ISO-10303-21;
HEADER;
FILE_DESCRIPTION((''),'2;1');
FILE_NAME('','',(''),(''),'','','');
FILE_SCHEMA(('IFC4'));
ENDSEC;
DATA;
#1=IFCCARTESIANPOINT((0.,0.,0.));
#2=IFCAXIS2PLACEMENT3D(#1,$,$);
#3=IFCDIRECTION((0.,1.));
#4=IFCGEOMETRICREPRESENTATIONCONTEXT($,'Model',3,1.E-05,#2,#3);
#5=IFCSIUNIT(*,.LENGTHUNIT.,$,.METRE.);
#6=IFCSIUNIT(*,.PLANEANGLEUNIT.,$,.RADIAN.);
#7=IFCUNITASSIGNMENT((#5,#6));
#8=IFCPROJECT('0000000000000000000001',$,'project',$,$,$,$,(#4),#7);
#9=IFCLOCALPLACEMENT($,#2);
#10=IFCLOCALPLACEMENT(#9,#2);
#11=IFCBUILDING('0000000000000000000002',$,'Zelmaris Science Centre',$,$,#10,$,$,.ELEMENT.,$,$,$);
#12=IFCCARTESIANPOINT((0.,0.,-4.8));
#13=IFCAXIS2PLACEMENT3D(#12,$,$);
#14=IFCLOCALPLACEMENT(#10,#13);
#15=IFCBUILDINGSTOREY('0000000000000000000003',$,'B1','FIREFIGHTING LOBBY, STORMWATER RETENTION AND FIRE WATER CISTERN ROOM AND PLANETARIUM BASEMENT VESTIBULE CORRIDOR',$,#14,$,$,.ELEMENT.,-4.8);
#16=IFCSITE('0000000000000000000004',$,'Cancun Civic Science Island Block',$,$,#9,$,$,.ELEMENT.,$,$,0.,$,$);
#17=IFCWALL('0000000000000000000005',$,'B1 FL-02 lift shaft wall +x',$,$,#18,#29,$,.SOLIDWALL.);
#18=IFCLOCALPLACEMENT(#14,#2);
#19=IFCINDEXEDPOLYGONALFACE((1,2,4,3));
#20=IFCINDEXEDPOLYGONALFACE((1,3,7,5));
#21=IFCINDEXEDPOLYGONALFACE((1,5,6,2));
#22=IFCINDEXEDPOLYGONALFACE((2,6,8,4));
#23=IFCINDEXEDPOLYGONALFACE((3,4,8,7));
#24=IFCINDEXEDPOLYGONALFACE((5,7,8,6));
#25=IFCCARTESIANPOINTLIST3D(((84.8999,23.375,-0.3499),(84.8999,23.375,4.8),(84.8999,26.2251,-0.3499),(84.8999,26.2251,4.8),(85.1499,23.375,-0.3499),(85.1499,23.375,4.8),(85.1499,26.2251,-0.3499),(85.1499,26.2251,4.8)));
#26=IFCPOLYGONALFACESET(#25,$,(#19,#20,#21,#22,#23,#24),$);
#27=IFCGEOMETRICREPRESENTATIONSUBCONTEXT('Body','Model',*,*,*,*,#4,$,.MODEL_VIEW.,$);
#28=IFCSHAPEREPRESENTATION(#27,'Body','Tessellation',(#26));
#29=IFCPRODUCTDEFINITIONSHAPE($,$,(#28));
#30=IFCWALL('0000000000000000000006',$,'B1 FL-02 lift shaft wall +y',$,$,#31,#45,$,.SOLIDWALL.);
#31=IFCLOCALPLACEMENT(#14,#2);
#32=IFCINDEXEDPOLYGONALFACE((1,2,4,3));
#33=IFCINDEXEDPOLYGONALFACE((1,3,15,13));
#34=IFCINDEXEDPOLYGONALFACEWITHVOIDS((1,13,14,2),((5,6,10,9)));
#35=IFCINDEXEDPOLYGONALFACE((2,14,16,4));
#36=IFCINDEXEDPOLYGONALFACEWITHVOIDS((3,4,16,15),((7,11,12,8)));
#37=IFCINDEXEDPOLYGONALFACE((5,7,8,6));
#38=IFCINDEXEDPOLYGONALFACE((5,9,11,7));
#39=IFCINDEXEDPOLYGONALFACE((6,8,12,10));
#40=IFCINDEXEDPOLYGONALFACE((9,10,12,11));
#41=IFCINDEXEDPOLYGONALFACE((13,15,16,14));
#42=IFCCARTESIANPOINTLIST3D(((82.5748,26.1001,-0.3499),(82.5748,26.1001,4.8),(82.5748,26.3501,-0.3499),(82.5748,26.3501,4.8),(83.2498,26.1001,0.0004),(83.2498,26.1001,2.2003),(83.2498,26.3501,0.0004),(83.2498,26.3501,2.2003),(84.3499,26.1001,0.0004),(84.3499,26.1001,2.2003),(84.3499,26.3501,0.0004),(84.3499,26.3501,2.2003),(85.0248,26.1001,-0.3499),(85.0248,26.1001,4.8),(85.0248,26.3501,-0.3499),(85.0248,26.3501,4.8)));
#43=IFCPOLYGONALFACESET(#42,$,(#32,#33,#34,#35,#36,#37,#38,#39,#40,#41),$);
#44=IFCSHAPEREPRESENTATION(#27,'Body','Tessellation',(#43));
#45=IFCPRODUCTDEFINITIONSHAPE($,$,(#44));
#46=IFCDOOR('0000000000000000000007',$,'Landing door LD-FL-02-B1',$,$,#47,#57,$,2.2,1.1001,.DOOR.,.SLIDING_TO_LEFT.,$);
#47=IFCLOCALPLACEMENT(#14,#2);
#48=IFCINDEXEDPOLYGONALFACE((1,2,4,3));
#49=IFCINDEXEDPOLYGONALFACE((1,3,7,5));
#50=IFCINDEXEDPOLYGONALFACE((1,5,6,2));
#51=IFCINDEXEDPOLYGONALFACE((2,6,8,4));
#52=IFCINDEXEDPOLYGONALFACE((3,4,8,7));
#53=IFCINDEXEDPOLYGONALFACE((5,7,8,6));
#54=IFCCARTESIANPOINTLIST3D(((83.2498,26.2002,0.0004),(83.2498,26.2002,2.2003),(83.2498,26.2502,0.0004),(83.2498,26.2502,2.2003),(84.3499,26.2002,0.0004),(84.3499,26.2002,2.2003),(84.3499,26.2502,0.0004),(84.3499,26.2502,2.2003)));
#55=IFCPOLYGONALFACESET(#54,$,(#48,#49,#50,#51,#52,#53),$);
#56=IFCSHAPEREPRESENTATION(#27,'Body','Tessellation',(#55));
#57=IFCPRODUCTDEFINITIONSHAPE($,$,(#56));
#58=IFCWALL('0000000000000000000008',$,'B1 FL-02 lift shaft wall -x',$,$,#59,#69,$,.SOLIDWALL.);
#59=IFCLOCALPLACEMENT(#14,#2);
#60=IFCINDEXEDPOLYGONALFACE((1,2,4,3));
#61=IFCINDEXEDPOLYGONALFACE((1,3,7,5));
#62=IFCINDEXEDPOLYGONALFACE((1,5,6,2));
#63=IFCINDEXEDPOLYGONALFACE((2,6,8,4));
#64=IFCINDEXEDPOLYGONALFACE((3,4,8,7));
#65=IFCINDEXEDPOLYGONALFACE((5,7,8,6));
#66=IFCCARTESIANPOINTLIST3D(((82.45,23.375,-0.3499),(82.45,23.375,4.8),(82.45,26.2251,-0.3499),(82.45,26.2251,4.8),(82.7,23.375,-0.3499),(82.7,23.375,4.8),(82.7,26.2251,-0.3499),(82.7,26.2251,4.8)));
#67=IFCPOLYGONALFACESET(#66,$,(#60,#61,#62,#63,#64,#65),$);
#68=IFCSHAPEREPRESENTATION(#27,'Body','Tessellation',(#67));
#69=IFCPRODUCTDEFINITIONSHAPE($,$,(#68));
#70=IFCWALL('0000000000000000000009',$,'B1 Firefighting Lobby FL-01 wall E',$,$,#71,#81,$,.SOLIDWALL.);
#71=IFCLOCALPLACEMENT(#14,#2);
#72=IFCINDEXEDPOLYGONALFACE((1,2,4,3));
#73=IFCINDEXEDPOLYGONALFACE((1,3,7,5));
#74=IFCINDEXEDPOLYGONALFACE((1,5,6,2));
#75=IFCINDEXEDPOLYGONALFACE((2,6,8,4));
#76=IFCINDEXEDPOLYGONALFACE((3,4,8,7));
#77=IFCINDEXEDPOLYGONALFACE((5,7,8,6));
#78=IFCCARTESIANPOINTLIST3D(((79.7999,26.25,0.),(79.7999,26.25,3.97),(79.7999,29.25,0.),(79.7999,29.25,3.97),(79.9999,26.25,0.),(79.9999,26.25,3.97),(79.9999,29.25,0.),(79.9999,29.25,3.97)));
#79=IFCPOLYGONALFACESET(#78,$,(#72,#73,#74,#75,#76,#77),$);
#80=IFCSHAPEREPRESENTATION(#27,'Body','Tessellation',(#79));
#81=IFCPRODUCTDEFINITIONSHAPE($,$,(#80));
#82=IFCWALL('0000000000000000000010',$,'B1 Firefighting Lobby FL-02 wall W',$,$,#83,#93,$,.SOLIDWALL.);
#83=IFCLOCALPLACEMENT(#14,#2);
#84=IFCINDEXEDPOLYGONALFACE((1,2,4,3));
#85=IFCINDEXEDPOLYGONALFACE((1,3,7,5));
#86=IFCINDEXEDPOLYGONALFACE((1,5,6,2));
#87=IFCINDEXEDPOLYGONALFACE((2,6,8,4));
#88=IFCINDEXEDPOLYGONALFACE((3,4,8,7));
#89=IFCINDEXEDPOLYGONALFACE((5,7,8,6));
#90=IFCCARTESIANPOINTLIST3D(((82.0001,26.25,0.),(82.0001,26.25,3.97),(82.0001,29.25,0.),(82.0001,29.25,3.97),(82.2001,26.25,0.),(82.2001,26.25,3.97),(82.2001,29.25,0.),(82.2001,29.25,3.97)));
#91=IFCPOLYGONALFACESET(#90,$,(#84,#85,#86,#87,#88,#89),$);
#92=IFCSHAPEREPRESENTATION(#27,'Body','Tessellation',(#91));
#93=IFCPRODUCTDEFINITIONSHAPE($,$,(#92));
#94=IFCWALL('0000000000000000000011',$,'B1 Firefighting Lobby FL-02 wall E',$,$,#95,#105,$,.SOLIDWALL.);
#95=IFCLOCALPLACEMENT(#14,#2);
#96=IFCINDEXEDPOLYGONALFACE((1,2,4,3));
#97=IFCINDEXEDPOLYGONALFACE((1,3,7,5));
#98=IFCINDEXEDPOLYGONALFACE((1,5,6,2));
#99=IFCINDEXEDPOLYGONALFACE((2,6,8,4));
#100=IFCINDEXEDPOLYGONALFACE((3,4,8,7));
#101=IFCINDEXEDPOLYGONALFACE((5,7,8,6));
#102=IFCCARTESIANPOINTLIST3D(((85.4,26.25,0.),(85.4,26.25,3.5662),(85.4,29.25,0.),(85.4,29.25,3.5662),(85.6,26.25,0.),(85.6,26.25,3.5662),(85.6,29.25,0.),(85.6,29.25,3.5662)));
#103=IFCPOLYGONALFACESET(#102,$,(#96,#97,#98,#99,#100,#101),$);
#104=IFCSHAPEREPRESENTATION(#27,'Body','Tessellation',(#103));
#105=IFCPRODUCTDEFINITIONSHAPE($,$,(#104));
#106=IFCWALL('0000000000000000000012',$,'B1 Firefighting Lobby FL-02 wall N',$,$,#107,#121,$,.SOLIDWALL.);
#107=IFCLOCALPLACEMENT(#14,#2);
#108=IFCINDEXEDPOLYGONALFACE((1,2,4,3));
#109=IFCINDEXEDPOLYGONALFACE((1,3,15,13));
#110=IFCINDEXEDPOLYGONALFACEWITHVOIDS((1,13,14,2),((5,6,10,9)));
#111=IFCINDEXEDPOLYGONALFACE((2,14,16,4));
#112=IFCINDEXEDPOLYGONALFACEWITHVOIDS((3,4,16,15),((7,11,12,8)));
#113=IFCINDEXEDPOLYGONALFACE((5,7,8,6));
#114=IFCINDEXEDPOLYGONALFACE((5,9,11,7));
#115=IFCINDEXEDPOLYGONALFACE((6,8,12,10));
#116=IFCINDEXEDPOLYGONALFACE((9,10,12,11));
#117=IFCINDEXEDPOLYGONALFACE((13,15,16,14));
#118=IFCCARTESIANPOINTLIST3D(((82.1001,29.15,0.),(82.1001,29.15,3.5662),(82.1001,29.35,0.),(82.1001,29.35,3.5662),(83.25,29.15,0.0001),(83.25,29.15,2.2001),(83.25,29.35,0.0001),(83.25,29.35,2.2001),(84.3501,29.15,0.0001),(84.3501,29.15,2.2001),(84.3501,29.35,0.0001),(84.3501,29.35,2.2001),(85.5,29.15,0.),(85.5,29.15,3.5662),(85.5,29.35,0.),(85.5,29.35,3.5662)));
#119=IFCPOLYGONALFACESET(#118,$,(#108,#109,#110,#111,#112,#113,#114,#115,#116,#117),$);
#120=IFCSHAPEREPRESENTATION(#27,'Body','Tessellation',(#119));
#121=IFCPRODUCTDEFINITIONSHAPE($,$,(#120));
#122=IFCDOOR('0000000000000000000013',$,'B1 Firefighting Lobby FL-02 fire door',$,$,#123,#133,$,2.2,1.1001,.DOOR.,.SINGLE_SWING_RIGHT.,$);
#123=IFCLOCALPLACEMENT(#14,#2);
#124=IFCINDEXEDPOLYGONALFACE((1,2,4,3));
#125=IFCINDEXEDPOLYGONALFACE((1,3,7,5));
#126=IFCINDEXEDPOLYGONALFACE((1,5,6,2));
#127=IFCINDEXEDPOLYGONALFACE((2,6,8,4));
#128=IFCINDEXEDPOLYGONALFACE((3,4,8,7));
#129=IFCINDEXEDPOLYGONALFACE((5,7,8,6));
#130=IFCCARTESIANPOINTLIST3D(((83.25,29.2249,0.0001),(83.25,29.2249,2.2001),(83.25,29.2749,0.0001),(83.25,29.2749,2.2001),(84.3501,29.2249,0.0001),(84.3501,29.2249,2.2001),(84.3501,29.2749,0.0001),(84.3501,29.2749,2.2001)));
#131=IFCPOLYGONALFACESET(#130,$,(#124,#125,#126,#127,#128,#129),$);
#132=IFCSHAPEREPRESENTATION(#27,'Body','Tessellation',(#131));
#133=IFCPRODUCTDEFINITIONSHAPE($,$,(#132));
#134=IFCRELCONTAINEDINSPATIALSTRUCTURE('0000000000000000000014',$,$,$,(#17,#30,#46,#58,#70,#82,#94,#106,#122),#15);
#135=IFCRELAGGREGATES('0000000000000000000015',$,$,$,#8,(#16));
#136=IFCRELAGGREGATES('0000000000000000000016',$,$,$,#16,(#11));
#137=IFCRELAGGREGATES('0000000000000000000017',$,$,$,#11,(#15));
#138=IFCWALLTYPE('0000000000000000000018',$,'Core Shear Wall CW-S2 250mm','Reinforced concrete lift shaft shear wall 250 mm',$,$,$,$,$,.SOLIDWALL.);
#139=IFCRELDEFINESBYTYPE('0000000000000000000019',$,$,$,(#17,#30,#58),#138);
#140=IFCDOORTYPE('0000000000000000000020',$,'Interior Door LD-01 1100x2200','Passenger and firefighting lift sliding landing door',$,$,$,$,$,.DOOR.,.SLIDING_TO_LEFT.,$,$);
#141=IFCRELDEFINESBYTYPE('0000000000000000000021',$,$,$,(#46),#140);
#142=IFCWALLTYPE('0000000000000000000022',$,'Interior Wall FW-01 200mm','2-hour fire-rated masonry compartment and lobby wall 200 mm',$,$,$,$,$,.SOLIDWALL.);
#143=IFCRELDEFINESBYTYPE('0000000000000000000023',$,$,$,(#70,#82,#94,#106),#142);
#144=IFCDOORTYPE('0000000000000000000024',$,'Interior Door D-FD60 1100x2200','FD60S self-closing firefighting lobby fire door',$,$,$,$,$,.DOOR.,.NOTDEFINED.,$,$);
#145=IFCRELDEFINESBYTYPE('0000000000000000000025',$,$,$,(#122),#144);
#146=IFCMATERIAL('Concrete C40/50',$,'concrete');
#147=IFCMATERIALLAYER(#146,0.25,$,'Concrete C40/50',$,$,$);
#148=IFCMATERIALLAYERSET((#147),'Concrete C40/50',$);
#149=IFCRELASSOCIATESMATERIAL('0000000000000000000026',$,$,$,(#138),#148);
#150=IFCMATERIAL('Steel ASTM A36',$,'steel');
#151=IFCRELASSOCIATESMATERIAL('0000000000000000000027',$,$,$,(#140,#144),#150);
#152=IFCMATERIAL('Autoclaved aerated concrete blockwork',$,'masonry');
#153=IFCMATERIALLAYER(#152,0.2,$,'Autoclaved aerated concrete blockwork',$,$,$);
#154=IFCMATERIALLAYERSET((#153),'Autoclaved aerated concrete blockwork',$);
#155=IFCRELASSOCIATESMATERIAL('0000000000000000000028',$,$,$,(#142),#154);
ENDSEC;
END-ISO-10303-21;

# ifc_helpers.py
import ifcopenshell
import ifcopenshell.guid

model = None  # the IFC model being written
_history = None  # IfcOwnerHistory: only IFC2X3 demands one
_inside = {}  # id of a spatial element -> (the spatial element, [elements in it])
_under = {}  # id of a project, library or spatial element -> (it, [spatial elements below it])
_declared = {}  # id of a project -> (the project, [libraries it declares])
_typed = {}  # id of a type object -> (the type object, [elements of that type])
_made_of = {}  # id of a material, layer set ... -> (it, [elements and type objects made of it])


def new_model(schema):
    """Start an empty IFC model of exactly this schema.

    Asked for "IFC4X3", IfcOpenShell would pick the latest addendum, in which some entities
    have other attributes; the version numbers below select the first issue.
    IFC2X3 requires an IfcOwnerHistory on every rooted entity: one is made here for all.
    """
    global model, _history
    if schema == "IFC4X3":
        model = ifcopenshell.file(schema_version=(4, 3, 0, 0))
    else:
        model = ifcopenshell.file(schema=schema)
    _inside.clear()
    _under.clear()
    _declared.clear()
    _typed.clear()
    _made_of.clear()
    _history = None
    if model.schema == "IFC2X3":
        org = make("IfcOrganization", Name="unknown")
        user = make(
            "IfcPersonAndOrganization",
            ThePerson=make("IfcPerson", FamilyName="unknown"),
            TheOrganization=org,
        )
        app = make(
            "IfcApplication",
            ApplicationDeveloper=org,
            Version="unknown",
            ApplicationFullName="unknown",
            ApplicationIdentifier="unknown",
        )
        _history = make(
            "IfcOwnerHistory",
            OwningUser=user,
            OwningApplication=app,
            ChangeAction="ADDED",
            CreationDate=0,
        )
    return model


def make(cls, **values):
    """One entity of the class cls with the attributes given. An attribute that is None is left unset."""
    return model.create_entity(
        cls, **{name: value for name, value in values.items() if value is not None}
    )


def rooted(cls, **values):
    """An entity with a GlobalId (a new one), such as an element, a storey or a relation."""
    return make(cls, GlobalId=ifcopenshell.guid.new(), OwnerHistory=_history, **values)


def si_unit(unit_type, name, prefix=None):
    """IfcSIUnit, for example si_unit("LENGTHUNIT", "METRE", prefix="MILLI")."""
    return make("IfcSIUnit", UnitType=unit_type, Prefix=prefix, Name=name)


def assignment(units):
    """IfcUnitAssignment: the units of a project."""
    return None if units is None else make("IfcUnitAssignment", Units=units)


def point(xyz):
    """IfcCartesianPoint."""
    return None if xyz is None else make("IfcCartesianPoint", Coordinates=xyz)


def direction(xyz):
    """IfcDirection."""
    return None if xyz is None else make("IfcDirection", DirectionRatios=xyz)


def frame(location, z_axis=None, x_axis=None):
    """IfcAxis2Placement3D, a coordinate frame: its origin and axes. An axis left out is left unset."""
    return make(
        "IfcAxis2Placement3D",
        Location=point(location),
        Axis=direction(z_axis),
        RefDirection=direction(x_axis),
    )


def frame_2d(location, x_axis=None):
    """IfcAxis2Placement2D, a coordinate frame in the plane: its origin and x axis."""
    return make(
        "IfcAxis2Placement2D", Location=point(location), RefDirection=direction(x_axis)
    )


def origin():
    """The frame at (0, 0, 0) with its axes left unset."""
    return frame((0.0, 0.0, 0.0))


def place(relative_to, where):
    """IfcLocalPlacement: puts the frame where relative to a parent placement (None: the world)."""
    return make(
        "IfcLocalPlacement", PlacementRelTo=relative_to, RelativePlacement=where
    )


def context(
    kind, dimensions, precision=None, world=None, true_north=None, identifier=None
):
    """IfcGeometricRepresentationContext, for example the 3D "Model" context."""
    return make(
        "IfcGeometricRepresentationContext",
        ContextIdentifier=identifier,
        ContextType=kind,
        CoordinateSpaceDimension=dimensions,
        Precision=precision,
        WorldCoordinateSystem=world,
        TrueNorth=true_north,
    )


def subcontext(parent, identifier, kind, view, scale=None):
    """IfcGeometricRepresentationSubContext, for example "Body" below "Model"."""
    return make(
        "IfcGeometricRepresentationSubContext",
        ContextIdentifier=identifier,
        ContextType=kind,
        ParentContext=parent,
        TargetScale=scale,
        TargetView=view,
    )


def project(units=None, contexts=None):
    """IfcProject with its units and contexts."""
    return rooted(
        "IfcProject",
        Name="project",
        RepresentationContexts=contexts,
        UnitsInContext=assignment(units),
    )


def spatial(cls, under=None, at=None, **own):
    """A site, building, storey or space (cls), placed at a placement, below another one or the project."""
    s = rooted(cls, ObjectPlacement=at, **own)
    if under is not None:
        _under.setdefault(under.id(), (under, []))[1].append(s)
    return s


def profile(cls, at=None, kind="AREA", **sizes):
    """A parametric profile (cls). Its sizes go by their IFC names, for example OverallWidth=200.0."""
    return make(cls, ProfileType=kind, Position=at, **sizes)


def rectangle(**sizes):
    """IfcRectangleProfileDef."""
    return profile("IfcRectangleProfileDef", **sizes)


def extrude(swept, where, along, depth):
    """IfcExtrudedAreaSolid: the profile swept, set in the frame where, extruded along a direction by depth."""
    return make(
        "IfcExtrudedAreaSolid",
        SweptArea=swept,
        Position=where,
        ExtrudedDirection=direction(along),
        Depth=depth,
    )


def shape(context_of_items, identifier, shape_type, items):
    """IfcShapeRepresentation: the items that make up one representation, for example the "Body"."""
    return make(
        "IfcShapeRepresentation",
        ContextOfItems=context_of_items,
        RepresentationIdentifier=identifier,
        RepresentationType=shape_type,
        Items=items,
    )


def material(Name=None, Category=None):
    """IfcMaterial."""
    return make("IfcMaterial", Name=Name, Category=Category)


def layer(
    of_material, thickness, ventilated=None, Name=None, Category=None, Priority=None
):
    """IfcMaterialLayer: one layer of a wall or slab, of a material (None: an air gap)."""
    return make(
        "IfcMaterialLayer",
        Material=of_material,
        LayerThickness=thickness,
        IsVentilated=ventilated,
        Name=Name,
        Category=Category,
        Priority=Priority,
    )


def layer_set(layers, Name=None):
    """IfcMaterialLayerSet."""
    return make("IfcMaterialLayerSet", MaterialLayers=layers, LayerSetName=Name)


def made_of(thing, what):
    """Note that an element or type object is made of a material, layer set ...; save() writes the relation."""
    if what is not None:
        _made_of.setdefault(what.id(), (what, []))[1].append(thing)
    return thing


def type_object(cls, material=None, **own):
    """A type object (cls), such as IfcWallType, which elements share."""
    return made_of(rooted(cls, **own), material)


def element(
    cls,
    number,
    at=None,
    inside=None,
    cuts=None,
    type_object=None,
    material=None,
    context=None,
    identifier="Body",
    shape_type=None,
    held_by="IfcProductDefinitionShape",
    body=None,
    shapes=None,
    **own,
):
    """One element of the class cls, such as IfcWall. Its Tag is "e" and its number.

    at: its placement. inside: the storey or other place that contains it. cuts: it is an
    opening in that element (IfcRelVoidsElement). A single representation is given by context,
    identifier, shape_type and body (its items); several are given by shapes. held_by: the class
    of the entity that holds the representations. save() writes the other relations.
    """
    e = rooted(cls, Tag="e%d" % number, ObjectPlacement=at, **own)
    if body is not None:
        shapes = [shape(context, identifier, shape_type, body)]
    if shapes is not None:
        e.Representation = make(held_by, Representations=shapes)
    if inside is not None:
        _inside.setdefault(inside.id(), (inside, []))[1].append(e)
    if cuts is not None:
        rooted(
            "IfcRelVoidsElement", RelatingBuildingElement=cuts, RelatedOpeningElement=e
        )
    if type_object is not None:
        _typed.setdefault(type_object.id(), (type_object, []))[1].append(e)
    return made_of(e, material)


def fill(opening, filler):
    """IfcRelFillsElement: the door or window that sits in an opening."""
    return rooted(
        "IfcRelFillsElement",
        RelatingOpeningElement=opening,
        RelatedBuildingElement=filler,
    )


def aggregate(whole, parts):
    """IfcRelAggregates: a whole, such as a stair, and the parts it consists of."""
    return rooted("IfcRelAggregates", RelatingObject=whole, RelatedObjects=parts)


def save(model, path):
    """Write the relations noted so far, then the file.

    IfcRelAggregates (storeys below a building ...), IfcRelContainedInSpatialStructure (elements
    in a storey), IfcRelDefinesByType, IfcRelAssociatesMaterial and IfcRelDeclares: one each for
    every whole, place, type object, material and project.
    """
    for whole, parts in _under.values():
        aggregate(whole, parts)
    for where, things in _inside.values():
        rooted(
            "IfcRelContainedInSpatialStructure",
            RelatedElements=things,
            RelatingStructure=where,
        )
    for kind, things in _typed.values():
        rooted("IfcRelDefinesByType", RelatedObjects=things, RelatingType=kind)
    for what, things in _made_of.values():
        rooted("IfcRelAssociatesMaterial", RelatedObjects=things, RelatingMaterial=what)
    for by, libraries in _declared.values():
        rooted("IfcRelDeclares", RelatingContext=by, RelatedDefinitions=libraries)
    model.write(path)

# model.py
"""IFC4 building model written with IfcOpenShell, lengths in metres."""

from ifc_helpers import new_model, si_unit, direction, frame, frame_2d, origin, place, context, subcontext, project, spatial, rectangle, extrude, material, layer, layer_set, type_object, element, fill, save


model = new_model("IFC4")

# Units and contexts
model_context = context("Model", 3, precision=1e-05, world=origin(), true_north=direction((0.0, 1.0)))
body_context = subcontext(model_context, "Body", "Model", "MODEL_VIEW")
ifc_project = project(units=[si_unit("LENGTHUNIT", "METRE"), si_unit("PLANEANGLEUNIT", "RADIAN")], contexts=[model_context])

# Site, building, storey
site_placement = place(None, origin())
site = spatial("IfcSite", under=ifc_project, at=site_placement, Name="Cancun Civic Science Island Block", CompositionType="ELEMENT", RefElevation=0.0)
building_placement = place(site_placement, origin())
building = spatial("IfcBuilding", under=site, at=building_placement, Name="Zelmaris Science Centre", CompositionType="ELEMENT")
storey_placement = place(building_placement, frame((0.0, 0.0, -4.8)))
storey = spatial("IfcBuildingStorey", under=building, at=storey_placement, Name="B1", Description="FIREFIGHTING LOBBY, STORMWATER RETENTION AND FIRE WATER CISTERN ROOM AND PLANETARIUM BASEMENT VESTIBULE CORRIDOR", CompositionType="ELEMENT", Elevation=-4.8)

# Shared definitions
ifc_material_1 = material(Name="Concrete C40/50", Category="concrete")

# Shared definitions
ifc_layer_1 = layer(ifc_material_1, 0.25, Name="Concrete C40/50")
ifc_layer_set_1 = layer_set([ifc_layer_1], Name="Concrete C40/50")
wall_type_1 = type_object("IfcWallType", Name="Core Shear Wall CW-S2 250mm", Description="Reinforced concrete lift shaft shear wall 250 mm", PredefinedType="SOLIDWALL", material=ifc_layer_set_1)
ifc_material_2 = material(Name="Steel ASTM A36", Category="steel")
door_type_1 = type_object("IfcDoorType", Name="Interior Door LD-01 1100x2200", Description="Passenger and firefighting lift sliding landing door", OperationType="SLIDING_TO_LEFT", PredefinedType="DOOR", material=ifc_material_2)

# Wall
wall_1_placement = place(storey_placement, frame((85.0249, 23.375, -0.3499), z_axis=(0.0, 0.0, 1.0), x_axis=(0.0, 1.0, 0.0)))
element("IfcWall", 1, at=wall_1_placement, inside=storey, type_object=wall_type_1, Name="B1 FL-02 lift shaft wall +x", PredefinedType="SOLIDWALL", context=body_context, shape_type="SweptSolid", body=[
    extrude(rectangle(XDim=2.8501, YDim=0.25, at=frame_2d((1.425, 0.0))), origin(), (0.0, 0.0, 1.0), 5.1499),
])

# Wall, opening, door
wall_2_placement = place(storey_placement, frame((85.0249, 26.2251, -0.3499), z_axis=(0.0, 0.0, 1.0), x_axis=(-1.0, 0.0, 0.0)))
wall_2 = element("IfcWall", 2, at=wall_2_placement, inside=storey, type_object=wall_type_1, Name="B1 FL-02 lift shaft wall +y", PredefinedType="SOLIDWALL", context=body_context, shape_type="SweptSolid", body=[
    extrude(rectangle(XDim=2.45, YDim=0.25, at=frame_2d((1.2251, 0.0))), origin(), (0.0, 0.0, 1.0), 5.1499),
])
opening_1_placement = place(wall_2_placement, frame((0.675, 0.0, 0.3501)))
opening_1 = element("IfcOpeningElement", 3, at=opening_1_placement, cuts=wall_2, PredefinedType="OPENING", context=body_context, shape_type="SweptSolid", body=[
    extrude(rectangle(XDim=1.1001, YDim=2.2, at=frame_2d((0.55, 1.1001))), frame((0.0, 0.135, 0.0), z_axis=(0.0, -1.0, 0.0), x_axis=(1.0, 0.0, 0.0)), (0.0, 0.0, 1.0), 0.27),
])
door_1_placement = place(opening_1_placement, origin())
door_1 = element("IfcDoor", 4, at=door_1_placement, inside=storey, type_object=door_type_1, Name="Landing door LD-FL-02-B1", OperationType="SLIDING_TO_LEFT", OverallHeight=2.2, OverallWidth=1.1001, PredefinedType="DOOR", context=body_context, shape_type="SweptSolid", body=[
    extrude(rectangle(XDim=1.1001, YDim=2.2, at=frame_2d((0.55, 1.1001))), frame((0.0, 0.0249, 0.0), z_axis=(0.0, -1.0, 0.0), x_axis=(1.0, 0.0, 0.0)), (0.0, 0.0, 1.0), 0.05),
])
fill(opening_1, door_1)

# Walls
wall_3_placement = place(storey_placement, frame((82.575, 26.2251, -0.3499), z_axis=(0.0, 0.0, 1.0), x_axis=(0.0, -1.0, 0.0)))
element("IfcWall", 5, at=wall_3_placement, inside=storey, type_object=wall_type_1, Name="B1 FL-02 lift shaft wall -x", PredefinedType="SOLIDWALL", context=body_context, shape_type="SweptSolid", body=[
    extrude(rectangle(XDim=2.8501, YDim=0.25, at=frame_2d((1.425, 0.0))), origin(), (0.0, 0.0, 1.0), 5.1499),
])
ifc_material_3 = material(Name="Autoclaved aerated concrete blockwork", Category="masonry")
ifc_layer_2 = layer(ifc_material_3, 0.2, Name="Autoclaved aerated concrete blockwork")
ifc_layer_set_2 = layer_set([ifc_layer_2], Name="Autoclaved aerated concrete blockwork")
wall_type_2 = type_object("IfcWallType", Name="Interior Wall FW-01 200mm", Description="2-hour fire-rated masonry compartment and lobby wall 200 mm", PredefinedType="SOLIDWALL", material=ifc_layer_set_2)
for number, where, z_axis, x_axis, name in (
    (6, (79.8999, 26.25, 0.0), (0.0, 0.0, 1.0), (0.0, 1.0, 0.0), "B1 Firefighting Lobby FL-01 wall E"),
    (7, (82.1001, 26.25, 0.0), (0.0, 0.0, 1.0), (0.0, 1.0, 0.0), "B1 Firefighting Lobby FL-02 wall W"),
):
    element("IfcWall", number, at=place(storey_placement, frame(where, z_axis=z_axis, x_axis=x_axis)), inside=storey, type_object=wall_type_2, Name=name, PredefinedType="SOLIDWALL", context=body_context, shape_type="SweptSolid", body=[
        extrude(rectangle(XDim=3.0, YDim=0.2, at=frame_2d((1.5, 0.0))), origin(), (0.0, 0.0, 1.0), 3.97),
    ])
wall_4_placement = place(storey_placement, frame((85.5, 26.25, 0.0), z_axis=(0.0, 0.0, 1.0), x_axis=(0.0, 1.0, 0.0)))
element("IfcWall", 8, at=wall_4_placement, inside=storey, type_object=wall_type_2, Name="B1 Firefighting Lobby FL-02 wall E", PredefinedType="SOLIDWALL", context=body_context, shape_type="SweptSolid", body=[
    extrude(rectangle(XDim=3.0, YDim=0.2, at=frame_2d((1.5, 0.0))), origin(), (0.0, 0.0, 1.0), 3.5662),
])

# Wall, opening, door
wall_5_placement = place(storey_placement, frame((82.1001, 29.25, 0.0), z_axis=(0.0, 0.0, 1.0), x_axis=(1.0, 0.0, 0.0)))
wall_5 = element("IfcWall", 9, at=wall_5_placement, inside=storey, type_object=wall_type_2, Name="B1 Firefighting Lobby FL-02 wall N", PredefinedType="SOLIDWALL", context=body_context, shape_type="SweptSolid", body=[
    extrude(rectangle(XDim=3.3999, YDim=0.2, at=frame_2d((1.7, 0.0))), origin(), (0.0, 0.0, 1.0), 3.5662),
])
opening_2_placement = place(wall_5_placement, frame((1.1499, 0.0, 0.0)))
opening_2 = element("IfcOpeningElement", 10, at=opening_2_placement, cuts=wall_5, PredefinedType="OPENING", context=body_context, shape_type="SweptSolid", body=[
    extrude(rectangle(XDim=1.1001, YDim=2.2, at=frame_2d((0.55, 1.1001))), frame((0.0, 0.1099, 0.0), z_axis=(0.0, -1.0, 0.0), x_axis=(1.0, 0.0, 0.0)), (0.0, 0.0, 1.0), 0.22),
])
door_type_2 = type_object("IfcDoorType", Name="Interior Door D-FD60 1100x2200", Description="FD60S self-closing firefighting lobby fire door", OperationType="NOTDEFINED", PredefinedType="DOOR", material=ifc_material_2)
door_2_placement = place(opening_2_placement, origin())
door_2 = element("IfcDoor", 11, at=door_2_placement, inside=storey, type_object=door_type_2, Name="B1 Firefighting Lobby FL-02 fire door", OperationType="SINGLE_SWING_RIGHT", OverallHeight=2.2, OverallWidth=1.1001, PredefinedType="DOOR", context=body_context, shape_type="SweptSolid", body=[
    extrude(rectangle(XDim=1.1001, YDim=2.2, at=frame_2d((0.55, 1.1001))), frame((0.0, 0.0249, 0.0), z_axis=(0.0, -1.0, 0.0), x_axis=(1.0, 0.0, 0.0)), (0.0, 0.0, 1.0), 0.05),
])
fill(opening_2, door_2)

save(model, "model.ifc")
